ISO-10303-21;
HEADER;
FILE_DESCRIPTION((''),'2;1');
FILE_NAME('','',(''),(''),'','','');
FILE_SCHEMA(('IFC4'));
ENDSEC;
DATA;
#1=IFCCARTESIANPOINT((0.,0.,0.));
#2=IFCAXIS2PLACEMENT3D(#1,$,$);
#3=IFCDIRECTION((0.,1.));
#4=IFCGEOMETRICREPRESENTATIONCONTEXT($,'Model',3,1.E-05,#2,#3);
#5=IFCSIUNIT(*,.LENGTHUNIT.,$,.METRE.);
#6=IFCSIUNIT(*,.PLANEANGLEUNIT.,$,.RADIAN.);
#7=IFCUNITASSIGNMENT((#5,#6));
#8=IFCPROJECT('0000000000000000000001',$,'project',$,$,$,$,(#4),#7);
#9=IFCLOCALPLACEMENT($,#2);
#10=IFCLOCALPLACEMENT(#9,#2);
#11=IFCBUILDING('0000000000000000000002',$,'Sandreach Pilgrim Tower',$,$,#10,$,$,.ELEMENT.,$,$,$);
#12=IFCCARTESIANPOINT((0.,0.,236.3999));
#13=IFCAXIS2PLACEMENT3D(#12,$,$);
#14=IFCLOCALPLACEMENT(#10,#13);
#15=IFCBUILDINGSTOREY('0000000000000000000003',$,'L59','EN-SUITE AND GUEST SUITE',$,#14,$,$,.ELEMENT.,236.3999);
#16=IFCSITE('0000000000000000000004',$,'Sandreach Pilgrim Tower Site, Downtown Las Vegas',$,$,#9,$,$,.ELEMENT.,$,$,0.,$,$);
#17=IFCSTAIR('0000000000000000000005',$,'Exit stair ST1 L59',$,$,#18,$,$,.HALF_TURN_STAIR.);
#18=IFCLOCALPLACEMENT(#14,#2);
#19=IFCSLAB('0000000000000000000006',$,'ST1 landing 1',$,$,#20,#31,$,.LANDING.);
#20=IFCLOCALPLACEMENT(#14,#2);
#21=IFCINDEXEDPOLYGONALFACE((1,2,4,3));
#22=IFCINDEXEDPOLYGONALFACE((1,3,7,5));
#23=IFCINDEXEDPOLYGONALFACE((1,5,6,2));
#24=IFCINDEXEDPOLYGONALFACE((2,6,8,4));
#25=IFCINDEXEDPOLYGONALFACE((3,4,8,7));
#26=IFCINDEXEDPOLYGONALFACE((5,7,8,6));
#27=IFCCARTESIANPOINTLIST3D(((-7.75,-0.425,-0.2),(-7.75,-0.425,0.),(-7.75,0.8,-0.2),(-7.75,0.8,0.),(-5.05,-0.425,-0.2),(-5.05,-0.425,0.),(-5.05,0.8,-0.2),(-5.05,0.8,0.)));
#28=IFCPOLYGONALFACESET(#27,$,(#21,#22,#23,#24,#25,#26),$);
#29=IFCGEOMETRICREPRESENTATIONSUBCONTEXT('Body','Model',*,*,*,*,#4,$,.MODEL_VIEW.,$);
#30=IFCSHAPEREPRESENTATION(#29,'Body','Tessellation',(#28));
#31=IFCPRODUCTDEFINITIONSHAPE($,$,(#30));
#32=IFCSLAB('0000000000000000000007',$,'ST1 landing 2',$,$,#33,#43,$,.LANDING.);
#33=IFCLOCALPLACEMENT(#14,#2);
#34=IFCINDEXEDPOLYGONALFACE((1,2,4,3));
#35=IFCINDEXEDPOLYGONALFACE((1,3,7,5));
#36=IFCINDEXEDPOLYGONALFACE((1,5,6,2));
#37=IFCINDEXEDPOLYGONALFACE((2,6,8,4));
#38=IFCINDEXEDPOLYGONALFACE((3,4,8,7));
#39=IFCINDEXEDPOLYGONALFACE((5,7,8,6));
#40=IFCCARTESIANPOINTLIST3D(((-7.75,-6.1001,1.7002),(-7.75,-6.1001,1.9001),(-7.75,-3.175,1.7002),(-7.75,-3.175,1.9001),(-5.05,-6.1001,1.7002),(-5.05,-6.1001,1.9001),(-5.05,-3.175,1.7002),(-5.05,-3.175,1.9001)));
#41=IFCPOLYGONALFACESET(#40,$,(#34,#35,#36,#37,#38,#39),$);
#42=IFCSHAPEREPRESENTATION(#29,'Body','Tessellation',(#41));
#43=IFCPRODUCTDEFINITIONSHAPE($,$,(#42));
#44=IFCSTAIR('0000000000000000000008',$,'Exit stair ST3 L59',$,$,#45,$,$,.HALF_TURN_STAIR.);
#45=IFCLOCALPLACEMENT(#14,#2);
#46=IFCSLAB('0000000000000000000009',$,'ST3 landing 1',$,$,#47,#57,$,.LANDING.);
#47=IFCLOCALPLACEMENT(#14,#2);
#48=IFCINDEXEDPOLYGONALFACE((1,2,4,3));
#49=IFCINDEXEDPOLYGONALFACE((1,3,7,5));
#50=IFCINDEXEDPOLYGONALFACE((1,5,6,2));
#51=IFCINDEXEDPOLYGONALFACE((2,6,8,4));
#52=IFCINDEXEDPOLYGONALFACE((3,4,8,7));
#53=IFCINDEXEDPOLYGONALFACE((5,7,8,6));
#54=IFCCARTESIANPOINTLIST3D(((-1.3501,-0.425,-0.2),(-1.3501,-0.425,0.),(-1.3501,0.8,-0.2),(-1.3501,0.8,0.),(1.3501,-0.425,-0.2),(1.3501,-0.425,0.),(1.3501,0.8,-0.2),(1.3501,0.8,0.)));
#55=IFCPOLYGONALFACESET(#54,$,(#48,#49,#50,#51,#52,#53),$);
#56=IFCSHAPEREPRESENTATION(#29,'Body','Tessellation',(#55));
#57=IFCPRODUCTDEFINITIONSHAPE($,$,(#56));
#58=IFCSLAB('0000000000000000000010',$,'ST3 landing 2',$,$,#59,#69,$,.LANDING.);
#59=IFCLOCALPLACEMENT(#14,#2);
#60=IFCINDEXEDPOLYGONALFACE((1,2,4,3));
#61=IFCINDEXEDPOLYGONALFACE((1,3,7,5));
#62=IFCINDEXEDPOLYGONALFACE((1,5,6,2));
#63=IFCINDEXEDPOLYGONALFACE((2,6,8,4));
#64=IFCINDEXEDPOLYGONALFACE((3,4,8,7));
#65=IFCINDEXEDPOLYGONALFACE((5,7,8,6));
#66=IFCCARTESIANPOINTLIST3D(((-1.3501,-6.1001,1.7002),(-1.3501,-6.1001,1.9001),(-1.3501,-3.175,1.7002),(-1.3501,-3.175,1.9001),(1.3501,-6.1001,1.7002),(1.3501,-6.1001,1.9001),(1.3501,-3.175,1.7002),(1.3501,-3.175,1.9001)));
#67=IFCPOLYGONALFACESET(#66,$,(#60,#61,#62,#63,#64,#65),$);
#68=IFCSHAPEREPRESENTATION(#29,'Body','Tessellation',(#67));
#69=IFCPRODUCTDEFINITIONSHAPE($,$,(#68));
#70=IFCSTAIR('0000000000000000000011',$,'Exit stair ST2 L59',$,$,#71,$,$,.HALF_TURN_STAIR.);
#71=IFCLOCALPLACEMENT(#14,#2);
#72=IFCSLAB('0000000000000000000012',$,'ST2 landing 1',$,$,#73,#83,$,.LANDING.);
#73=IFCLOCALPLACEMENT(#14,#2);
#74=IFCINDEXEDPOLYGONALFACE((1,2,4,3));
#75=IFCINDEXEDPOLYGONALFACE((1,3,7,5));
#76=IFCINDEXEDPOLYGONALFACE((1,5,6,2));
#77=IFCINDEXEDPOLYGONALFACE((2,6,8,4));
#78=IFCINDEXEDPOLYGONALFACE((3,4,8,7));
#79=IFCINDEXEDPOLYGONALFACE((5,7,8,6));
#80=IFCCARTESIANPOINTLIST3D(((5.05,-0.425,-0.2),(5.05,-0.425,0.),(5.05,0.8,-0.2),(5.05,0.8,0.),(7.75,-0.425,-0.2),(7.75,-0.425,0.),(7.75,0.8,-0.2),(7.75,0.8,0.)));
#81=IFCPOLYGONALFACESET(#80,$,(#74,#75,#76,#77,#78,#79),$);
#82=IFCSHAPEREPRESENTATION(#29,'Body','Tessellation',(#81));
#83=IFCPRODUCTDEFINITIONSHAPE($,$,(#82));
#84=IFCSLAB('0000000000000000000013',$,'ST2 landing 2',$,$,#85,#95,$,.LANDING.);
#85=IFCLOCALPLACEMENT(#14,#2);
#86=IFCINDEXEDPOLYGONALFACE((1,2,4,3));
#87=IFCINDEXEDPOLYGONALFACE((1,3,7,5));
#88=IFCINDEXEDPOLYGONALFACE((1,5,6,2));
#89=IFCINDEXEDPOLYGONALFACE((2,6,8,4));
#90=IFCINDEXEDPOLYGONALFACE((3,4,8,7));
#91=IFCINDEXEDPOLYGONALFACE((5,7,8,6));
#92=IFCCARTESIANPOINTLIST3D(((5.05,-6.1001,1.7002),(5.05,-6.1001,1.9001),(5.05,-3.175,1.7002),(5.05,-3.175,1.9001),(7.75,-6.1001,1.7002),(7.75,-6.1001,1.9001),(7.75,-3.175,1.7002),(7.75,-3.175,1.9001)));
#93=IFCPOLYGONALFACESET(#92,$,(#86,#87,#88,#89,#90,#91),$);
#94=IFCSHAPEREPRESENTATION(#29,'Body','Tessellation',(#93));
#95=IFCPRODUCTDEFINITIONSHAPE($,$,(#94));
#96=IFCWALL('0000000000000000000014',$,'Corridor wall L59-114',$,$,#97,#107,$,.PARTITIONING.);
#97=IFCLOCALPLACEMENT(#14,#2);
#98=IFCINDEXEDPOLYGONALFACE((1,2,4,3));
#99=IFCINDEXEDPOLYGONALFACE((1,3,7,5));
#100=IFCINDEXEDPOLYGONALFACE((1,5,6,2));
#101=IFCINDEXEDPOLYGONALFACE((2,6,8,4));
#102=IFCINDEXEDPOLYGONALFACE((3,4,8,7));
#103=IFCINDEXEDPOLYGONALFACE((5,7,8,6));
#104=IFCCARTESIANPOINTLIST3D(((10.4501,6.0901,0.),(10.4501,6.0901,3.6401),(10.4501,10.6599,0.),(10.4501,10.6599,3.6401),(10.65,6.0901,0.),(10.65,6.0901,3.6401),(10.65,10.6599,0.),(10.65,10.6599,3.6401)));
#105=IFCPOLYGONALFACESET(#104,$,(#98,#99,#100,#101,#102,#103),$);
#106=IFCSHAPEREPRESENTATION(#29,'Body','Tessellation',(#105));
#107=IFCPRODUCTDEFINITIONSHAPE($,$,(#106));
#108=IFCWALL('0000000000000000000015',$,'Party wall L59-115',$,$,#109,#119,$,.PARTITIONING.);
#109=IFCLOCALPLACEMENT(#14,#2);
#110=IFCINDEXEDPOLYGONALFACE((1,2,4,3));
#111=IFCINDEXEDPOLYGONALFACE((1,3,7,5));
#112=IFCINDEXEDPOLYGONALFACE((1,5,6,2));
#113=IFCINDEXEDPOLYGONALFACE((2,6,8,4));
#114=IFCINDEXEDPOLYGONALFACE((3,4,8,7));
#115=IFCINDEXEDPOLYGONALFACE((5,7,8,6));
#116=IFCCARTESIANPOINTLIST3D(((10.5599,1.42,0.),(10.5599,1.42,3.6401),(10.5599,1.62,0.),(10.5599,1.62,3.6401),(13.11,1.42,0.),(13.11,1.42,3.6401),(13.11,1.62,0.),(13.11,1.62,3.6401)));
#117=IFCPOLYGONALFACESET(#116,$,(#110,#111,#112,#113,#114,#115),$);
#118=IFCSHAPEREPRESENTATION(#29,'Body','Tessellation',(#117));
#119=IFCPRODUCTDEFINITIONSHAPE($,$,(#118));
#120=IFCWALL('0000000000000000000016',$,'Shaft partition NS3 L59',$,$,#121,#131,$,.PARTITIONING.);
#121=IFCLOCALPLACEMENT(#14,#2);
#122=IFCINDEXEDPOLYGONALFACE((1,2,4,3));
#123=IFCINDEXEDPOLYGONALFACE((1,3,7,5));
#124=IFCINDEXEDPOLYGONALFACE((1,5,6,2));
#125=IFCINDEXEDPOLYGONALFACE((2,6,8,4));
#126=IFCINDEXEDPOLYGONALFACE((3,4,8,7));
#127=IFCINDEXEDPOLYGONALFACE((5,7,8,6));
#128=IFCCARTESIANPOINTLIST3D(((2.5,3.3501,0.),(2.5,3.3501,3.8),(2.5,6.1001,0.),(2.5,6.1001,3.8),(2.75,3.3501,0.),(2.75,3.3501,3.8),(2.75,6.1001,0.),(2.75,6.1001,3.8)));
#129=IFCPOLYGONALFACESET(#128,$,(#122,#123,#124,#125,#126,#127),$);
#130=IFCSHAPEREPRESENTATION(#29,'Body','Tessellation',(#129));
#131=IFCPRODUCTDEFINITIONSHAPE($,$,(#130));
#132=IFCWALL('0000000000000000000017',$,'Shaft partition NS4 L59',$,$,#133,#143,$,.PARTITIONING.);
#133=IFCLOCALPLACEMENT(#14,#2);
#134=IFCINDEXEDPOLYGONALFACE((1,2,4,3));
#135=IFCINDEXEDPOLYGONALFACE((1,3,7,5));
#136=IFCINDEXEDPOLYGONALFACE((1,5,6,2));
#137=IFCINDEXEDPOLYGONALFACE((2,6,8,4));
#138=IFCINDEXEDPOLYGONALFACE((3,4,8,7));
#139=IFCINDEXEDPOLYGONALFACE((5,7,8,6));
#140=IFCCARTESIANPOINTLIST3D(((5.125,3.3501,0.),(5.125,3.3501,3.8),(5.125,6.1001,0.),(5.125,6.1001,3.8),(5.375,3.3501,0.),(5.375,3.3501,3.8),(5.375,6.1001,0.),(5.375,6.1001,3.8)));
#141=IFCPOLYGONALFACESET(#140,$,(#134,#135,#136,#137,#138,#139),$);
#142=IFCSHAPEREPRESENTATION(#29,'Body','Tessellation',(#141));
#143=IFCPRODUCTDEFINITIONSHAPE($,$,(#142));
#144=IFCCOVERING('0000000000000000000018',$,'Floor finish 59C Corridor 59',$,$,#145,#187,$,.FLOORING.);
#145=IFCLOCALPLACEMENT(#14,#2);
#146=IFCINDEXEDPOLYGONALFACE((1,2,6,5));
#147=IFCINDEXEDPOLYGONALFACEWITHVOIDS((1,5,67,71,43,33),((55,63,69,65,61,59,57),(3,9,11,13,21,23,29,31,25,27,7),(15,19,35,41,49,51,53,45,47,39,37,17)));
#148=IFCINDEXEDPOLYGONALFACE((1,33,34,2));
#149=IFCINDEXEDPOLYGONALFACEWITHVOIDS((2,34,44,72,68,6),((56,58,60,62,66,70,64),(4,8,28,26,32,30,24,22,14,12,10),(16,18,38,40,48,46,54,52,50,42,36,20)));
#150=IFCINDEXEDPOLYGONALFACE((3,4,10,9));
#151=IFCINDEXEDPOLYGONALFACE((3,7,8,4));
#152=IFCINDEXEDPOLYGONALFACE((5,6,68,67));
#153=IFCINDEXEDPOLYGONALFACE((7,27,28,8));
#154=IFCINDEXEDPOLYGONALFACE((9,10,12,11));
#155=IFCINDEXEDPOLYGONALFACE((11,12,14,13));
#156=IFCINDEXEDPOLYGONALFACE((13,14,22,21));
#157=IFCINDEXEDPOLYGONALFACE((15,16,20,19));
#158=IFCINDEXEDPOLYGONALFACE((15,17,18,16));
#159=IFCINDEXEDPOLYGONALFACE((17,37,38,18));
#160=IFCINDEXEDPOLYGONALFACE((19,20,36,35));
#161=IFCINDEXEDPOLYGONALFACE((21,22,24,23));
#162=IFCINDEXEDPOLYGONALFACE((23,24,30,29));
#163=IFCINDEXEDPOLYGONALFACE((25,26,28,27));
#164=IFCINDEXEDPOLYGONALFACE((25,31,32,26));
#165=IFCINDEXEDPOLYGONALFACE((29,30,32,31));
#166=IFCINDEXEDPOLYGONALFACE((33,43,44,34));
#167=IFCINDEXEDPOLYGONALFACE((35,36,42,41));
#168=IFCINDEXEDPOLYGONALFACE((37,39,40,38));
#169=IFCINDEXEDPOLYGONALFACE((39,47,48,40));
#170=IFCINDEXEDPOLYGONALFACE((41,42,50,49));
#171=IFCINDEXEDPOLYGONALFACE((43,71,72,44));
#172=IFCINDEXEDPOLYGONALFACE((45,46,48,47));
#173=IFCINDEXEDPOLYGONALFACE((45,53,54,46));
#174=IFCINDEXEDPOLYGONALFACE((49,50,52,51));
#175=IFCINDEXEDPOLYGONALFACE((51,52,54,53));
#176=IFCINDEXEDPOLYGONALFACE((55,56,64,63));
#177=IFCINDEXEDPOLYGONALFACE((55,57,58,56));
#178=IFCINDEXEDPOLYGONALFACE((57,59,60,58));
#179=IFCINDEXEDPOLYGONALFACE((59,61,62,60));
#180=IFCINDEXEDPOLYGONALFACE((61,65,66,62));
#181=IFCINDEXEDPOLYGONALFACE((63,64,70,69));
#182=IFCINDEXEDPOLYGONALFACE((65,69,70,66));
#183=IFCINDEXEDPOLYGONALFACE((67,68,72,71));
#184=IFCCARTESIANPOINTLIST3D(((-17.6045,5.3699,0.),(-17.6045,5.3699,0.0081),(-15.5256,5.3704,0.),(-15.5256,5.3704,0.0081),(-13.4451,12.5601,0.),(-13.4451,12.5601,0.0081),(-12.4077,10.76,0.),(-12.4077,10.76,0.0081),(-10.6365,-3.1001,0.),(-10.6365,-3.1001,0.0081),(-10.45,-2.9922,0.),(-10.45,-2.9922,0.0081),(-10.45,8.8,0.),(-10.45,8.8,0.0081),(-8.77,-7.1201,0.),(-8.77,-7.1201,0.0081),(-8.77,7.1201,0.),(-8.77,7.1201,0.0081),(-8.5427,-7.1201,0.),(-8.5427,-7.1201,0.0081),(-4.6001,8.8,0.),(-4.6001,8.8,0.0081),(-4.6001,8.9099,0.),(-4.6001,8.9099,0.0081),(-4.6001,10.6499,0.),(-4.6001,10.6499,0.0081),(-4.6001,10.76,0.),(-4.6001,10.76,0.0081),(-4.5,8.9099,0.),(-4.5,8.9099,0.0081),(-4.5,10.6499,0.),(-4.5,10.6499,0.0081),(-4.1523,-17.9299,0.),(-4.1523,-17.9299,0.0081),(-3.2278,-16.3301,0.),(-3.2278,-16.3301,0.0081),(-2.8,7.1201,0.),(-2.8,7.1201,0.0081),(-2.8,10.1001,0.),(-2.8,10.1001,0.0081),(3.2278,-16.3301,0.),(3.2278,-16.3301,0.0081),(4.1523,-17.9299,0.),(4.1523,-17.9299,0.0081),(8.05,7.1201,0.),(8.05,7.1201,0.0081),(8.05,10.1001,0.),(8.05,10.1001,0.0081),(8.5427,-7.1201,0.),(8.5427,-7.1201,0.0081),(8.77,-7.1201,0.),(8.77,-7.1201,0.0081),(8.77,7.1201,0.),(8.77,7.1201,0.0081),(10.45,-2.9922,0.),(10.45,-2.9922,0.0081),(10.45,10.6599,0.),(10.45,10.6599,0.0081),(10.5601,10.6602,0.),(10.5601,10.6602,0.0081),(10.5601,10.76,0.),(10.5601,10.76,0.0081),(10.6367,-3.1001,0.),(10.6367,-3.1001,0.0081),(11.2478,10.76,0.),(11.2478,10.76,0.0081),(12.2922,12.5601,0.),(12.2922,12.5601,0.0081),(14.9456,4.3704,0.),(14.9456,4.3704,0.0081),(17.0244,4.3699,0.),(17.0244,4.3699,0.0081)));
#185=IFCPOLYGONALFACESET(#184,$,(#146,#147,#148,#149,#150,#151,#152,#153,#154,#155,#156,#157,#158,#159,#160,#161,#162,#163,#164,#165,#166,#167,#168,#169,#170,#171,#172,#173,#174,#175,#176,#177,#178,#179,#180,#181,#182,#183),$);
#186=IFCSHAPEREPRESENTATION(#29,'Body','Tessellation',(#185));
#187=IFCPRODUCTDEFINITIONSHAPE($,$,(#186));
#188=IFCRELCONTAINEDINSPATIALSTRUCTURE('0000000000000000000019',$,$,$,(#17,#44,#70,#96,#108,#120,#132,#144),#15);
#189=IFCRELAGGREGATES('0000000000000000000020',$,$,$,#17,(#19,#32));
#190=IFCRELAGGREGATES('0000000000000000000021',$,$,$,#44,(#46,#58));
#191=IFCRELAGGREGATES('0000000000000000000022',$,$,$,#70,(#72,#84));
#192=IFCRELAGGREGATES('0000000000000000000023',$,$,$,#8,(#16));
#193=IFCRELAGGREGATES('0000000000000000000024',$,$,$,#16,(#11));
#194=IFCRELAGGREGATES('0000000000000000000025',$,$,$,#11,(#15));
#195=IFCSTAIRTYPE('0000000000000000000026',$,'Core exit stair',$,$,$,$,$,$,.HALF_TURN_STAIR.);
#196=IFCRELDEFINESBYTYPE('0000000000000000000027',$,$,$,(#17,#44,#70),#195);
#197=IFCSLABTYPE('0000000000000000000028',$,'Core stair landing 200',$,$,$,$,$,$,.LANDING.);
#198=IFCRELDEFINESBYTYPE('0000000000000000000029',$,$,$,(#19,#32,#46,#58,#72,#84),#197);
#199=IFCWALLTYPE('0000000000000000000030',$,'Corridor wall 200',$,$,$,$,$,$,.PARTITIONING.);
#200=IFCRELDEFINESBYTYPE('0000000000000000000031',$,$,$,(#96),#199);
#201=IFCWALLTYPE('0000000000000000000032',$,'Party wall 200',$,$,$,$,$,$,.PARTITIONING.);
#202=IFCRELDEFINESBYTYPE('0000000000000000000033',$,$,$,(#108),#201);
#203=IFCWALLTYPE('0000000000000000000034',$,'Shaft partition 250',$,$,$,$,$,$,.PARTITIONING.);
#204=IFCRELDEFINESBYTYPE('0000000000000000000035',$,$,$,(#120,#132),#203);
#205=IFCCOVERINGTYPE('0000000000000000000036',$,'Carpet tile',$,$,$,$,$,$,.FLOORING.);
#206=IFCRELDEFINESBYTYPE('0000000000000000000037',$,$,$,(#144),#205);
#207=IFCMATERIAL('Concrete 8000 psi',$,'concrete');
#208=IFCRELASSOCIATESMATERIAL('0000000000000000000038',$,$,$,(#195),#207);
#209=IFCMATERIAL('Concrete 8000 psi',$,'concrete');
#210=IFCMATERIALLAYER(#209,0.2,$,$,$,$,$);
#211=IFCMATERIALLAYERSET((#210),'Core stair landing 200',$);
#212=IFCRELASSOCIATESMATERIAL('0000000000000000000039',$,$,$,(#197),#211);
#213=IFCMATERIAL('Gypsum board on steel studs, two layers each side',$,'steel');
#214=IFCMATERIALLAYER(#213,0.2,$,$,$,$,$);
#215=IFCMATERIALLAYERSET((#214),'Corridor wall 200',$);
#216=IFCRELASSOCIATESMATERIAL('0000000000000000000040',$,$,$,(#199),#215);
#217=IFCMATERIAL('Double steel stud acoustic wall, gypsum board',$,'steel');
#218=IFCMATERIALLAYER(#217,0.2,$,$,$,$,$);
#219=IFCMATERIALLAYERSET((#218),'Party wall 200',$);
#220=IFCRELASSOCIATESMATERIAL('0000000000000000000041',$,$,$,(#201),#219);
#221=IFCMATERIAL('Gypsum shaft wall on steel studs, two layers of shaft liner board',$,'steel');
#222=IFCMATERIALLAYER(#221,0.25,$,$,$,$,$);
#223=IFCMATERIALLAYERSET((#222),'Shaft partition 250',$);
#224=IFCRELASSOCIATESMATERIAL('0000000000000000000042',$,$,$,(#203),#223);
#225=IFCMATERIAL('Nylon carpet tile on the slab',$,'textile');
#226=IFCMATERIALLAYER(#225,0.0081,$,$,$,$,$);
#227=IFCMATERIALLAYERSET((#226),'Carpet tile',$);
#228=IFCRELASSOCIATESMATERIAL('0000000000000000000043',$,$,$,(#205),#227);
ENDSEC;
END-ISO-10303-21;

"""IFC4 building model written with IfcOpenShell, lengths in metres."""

from ifc_helpers import new_model, si_unit, direction, frame, frame_2d, origin, place, context, subcontext, project, spatial, polyline, rectangle, outline, extrude, material, layer, layer_set, type_object, element, aggregate, save


model = new_model("IFC4")

# Units and contexts
model_context = context("Model", 3, precision=1e-05, world=origin(), true_north=direction((0.0, 1.0)))
body_context = subcontext(model_context, "Body", "Model", "MODEL_VIEW")
ifc_project = project(units=[si_unit("LENGTHUNIT", "METRE"), si_unit("PLANEANGLEUNIT", "RADIAN")], contexts=[model_context])

# Site, building, storey
site_placement = place(None, origin())
site = spatial("IfcSite", under=ifc_project, at=site_placement, Name="Sandreach Pilgrim Tower Site, Downtown Las Vegas", CompositionType="ELEMENT", RefElevation=0.0)
building_placement = place(site_placement, origin())
building = spatial("IfcBuilding", under=site, at=building_placement, Name="Sandreach Pilgrim Tower", CompositionType="ELEMENT")
storey_placement = place(building_placement, frame((0.0, 0.0, 236.3999)))
storey = spatial("IfcBuildingStorey", under=building, at=storey_placement, Name="L59", Description="EN-SUITE AND GUEST SUITE", CompositionType="ELEMENT", Elevation=236.3999)

# Stairs, slabs
ifc_material_1 = material(Name="Concrete 8000 psi", Category="concrete")
stair_type = type_object("IfcStairType", Name="Core exit stair", PredefinedType="HALF_TURN_STAIR", material=ifc_material_1)
stair_1_placement = place(storey_placement, origin())
stair_1 = element("IfcStair", 1, at=stair_1_placement, inside=storey, type_object=stair_type, Name="Exit stair ST1 L59", PredefinedType="HALF_TURN_STAIR")
ifc_material_2 = material(Name="Concrete 8000 psi", Category="concrete")
ifc_layer_1 = layer(ifc_material_2, 0.2)
ifc_layer_set_1 = layer_set([ifc_layer_1], Name="Core stair landing 200")
slab_type = type_object("IfcSlabType", Name="Core stair landing 200", PredefinedType="LANDING", material=ifc_layer_set_1)
slab_1_placement = place(storey_placement, frame((0.0, 0.0, -0.2)))
slab_1 = element("IfcSlab", 2, at=slab_1_placement, type_object=slab_type, Name="ST1 landing 1", PredefinedType="LANDING", context=body_context, shape_type="SweptSolid", body=[
    extrude(outline(polyline([(-7.75, -0.425), (-5.05, -0.425), (-5.05, 0.8), (-7.75, 0.8), (-7.75, -0.425)])), origin(), (0.0, 0.0, 1.0), 0.2),
])
slab_2_placement = place(storey_placement, frame((0.0, 0.0, 1.7002)))
slab_2 = element("IfcSlab", 3, at=slab_2_placement, type_object=slab_type, Name="ST1 landing 2", PredefinedType="LANDING", context=body_context, shape_type="SweptSolid", body=[
    extrude(outline(polyline([(-7.75, -6.1001), (-5.05, -6.1001), (-5.05, -3.175), (-7.75, -3.175), (-7.75, -6.1001)])), origin(), (0.0, 0.0, 1.0), 0.2),
])
aggregate(stair_1, [slab_1, slab_2])
stair_2_placement = place(storey_placement, origin())
stair_2 = element("IfcStair", 4, at=stair_2_placement, inside=storey, type_object=stair_type, Name="Exit stair ST3 L59", PredefinedType="HALF_TURN_STAIR")
slab_3_placement = place(storey_placement, frame((0.0, 0.0, -0.2)))
slab_3 = element("IfcSlab", 5, at=slab_3_placement, type_object=slab_type, Name="ST3 landing 1", PredefinedType="LANDING", context=body_context, shape_type="SweptSolid", body=[
    extrude(outline(polyline([(-1.3501, -0.425), (1.3501, -0.425), (1.3501, 0.8), (-1.3501, 0.8), (-1.3501, -0.425)])), origin(), (0.0, 0.0, 1.0), 0.2),
])
slab_4_placement = place(storey_placement, frame((0.0, 0.0, 1.7002)))
slab_4 = element("IfcSlab", 6, at=slab_4_placement, type_object=slab_type, Name="ST3 landing 2", PredefinedType="LANDING", context=body_context, shape_type="SweptSolid", body=[
    extrude(outline(polyline([(-1.3501, -6.1001), (1.3501, -6.1001), (1.3501, -3.175), (-1.3501, -3.175), (-1.3501, -6.1001)])), origin(), (0.0, 0.0, 1.0), 0.2),
])
aggregate(stair_2, [slab_3, slab_4])
stair_3_placement = place(storey_placement, origin())
stair_3 = element("IfcStair", 7, at=stair_3_placement, inside=storey, type_object=stair_type, Name="Exit stair ST2 L59", PredefinedType="HALF_TURN_STAIR")
slab_5_placement = place(storey_placement, frame((0.0, 0.0, -0.2)))
slab_5 = element("IfcSlab", 8, at=slab_5_placement, type_object=slab_type, Name="ST2 landing 1", PredefinedType="LANDING", context=body_context, shape_type="SweptSolid", body=[
    extrude(outline(polyline([(5.05, -0.425), (7.75, -0.425), (7.75, 0.8), (5.05, 0.8), (5.05, -0.425)])), origin(), (0.0, 0.0, 1.0), 0.2),
])
slab_6_placement = place(storey_placement, frame((0.0, 0.0, 1.7002)))
slab_6 = element("IfcSlab", 9, at=slab_6_placement, type_object=slab_type, Name="ST2 landing 2", PredefinedType="LANDING", context=body_context, shape_type="SweptSolid", body=[
    extrude(outline(polyline([(5.05, -6.1001), (7.75, -6.1001), (7.75, -3.175), (5.05, -3.175), (5.05, -6.1001)])), origin(), (0.0, 0.0, 1.0), 0.2),
])
aggregate(stair_3, [slab_5, slab_6])

# Shared definitions
ifc_material_3 = material(Name="Gypsum board on steel studs, two layers each side", Category="steel")
ifc_layer_2 = layer(ifc_material_3, 0.2)
ifc_layer_set_2 = layer_set([ifc_layer_2], Name="Corridor wall 200")
wall_type_1 = type_object("IfcWallType", Name="Corridor wall 200", PredefinedType="PARTITIONING", material=ifc_layer_set_2)

# Wall
wall_1_placement = place(storey_placement, frame((10.55, 6.0901, 0.0), z_axis=(0.0, 0.0, 1.0), x_axis=(0.0, 1.0, 0.0)))
element("IfcWall", 10, at=wall_1_placement, inside=storey, type_object=wall_type_1, Name="Corridor wall L59-114", PredefinedType="PARTITIONING", context=body_context, shape_type="SweptSolid", body=[
    extrude(rectangle(XDim=4.5698, YDim=0.2, at=frame_2d((2.2849, 0.0))), origin(), (0.0, 0.0, 1.0), 3.6401),
])

# Walls
ifc_material_4 = material(Name="Double steel stud acoustic wall, gypsum board", Category="steel")
ifc_layer_3 = layer(ifc_material_4, 0.2)
ifc_layer_set_3 = layer_set([ifc_layer_3], Name="Party wall 200")
wall_type_2 = type_object("IfcWallType", Name="Party wall 200", PredefinedType="PARTITIONING", material=ifc_layer_set_3)
wall_2_placement = place(storey_placement, frame((10.5601, 1.52, 0.0), z_axis=(0.0, 0.0, 1.0), x_axis=(1.0, 0.0, 0.0)))
element("IfcWall", 11, at=wall_2_placement, inside=storey, type_object=wall_type_2, Name="Party wall L59-115", PredefinedType="PARTITIONING", context=body_context, shape_type="SweptSolid", body=[
    extrude(rectangle(XDim=2.55, YDim=0.2, at=frame_2d((1.2749, 0.0))), origin(), (0.0, 0.0, 1.0), 3.6401),
])
ifc_material_5 = material(Name="Gypsum shaft wall on steel studs, two layers of shaft liner board", Category="steel")
ifc_layer_4 = layer(ifc_material_5, 0.25)
ifc_layer_set_4 = layer_set([ifc_layer_4], Name="Shaft partition 250")
wall_type_3 = type_object("IfcWallType", Name="Shaft partition 250", PredefinedType="PARTITIONING", material=ifc_layer_set_4)
for number, where, z_axis, x_axis, name in (
    (12, (2.625, 3.3501, 0.0), (0.0, 0.0, 1.0), (0.0, 1.0, 0.0), "Shaft partition NS3 L59"),
    (13, (5.25, 3.3501, 0.0), (0.0, 0.0, 1.0), (0.0, 1.0, 0.0), "Shaft partition NS4 L59"),
):
    element("IfcWall", number, at=place(storey_placement, frame(where, z_axis=z_axis, x_axis=x_axis)), inside=storey, type_object=wall_type_3, Name=name, PredefinedType="PARTITIONING", context=body_context, shape_type="SweptSolid", body=[
        extrude(rectangle(XDim=2.75, YDim=0.25, at=frame_2d((1.375, 0.0))), origin(), (0.0, 0.0, 1.0), 3.8),
    ])

# Covering
ifc_material_6 = material(Name="Nylon carpet tile on the slab", Category="textile")
ifc_layer_5 = layer(ifc_material_6, 0.0081)
ifc_layer_set_5 = layer_set([ifc_layer_5], Name="Carpet tile")
covering_type_1 = type_object("IfcCoveringType", Name="Carpet tile", PredefinedType="FLOORING", material=ifc_layer_set_5)
covering_1_placement = place(storey_placement, origin())
element("IfcCovering", 14, at=covering_1_placement, inside=storey, type_object=covering_type_1, Name="Floor finish 59C Corridor 59", PredefinedType="FLOORING", context=body_context, shape_type="SweptSolid", body=[
    extrude(outline(polyline([(-4.1523, -17.9299), (-17.6045, 5.3699), (-13.4451, 12.5601), (12.2922, 12.5601), (17.0244, 4.3699), (4.1523, -17.9299), (-4.1523, -17.9299)]), holes=[polyline([(10.45, 10.6599), (10.45, -2.9922), (10.6367, -3.1001), (14.9456, 4.3704), (11.2478, 10.76), (10.5601, 10.76), (10.5601, 10.6602), (10.45, 10.6599)]), polyline([(-3.2278, -16.3301), (3.2278, -16.3301), (8.5427, -7.1201), (8.77, -7.1201), (8.77, 7.1201), (8.05, 7.1201), (8.05, 10.1001), (-2.8, 10.1001), (-2.8, 7.1201), (-8.77, 7.1201), (-8.77, -7.1201), (-8.5427, -7.1201), (-3.2278, -16.3301)]), polyline([(-15.5256, 5.3704), (-10.6365, -3.1001), (-10.45, -2.9922), (-10.45, 8.8), (-4.6001, 8.8), (-4.6001, 8.9099), (-4.5, 8.9099), (-4.5, 10.6499), (-4.6001, 10.6499), (-4.6001, 10.76), (-12.4077, 10.76), (-15.5256, 5.3704)])]), origin(), (0.0, 0.0, 1.0), 0.0081),
])

save(model, "model.ifc")
